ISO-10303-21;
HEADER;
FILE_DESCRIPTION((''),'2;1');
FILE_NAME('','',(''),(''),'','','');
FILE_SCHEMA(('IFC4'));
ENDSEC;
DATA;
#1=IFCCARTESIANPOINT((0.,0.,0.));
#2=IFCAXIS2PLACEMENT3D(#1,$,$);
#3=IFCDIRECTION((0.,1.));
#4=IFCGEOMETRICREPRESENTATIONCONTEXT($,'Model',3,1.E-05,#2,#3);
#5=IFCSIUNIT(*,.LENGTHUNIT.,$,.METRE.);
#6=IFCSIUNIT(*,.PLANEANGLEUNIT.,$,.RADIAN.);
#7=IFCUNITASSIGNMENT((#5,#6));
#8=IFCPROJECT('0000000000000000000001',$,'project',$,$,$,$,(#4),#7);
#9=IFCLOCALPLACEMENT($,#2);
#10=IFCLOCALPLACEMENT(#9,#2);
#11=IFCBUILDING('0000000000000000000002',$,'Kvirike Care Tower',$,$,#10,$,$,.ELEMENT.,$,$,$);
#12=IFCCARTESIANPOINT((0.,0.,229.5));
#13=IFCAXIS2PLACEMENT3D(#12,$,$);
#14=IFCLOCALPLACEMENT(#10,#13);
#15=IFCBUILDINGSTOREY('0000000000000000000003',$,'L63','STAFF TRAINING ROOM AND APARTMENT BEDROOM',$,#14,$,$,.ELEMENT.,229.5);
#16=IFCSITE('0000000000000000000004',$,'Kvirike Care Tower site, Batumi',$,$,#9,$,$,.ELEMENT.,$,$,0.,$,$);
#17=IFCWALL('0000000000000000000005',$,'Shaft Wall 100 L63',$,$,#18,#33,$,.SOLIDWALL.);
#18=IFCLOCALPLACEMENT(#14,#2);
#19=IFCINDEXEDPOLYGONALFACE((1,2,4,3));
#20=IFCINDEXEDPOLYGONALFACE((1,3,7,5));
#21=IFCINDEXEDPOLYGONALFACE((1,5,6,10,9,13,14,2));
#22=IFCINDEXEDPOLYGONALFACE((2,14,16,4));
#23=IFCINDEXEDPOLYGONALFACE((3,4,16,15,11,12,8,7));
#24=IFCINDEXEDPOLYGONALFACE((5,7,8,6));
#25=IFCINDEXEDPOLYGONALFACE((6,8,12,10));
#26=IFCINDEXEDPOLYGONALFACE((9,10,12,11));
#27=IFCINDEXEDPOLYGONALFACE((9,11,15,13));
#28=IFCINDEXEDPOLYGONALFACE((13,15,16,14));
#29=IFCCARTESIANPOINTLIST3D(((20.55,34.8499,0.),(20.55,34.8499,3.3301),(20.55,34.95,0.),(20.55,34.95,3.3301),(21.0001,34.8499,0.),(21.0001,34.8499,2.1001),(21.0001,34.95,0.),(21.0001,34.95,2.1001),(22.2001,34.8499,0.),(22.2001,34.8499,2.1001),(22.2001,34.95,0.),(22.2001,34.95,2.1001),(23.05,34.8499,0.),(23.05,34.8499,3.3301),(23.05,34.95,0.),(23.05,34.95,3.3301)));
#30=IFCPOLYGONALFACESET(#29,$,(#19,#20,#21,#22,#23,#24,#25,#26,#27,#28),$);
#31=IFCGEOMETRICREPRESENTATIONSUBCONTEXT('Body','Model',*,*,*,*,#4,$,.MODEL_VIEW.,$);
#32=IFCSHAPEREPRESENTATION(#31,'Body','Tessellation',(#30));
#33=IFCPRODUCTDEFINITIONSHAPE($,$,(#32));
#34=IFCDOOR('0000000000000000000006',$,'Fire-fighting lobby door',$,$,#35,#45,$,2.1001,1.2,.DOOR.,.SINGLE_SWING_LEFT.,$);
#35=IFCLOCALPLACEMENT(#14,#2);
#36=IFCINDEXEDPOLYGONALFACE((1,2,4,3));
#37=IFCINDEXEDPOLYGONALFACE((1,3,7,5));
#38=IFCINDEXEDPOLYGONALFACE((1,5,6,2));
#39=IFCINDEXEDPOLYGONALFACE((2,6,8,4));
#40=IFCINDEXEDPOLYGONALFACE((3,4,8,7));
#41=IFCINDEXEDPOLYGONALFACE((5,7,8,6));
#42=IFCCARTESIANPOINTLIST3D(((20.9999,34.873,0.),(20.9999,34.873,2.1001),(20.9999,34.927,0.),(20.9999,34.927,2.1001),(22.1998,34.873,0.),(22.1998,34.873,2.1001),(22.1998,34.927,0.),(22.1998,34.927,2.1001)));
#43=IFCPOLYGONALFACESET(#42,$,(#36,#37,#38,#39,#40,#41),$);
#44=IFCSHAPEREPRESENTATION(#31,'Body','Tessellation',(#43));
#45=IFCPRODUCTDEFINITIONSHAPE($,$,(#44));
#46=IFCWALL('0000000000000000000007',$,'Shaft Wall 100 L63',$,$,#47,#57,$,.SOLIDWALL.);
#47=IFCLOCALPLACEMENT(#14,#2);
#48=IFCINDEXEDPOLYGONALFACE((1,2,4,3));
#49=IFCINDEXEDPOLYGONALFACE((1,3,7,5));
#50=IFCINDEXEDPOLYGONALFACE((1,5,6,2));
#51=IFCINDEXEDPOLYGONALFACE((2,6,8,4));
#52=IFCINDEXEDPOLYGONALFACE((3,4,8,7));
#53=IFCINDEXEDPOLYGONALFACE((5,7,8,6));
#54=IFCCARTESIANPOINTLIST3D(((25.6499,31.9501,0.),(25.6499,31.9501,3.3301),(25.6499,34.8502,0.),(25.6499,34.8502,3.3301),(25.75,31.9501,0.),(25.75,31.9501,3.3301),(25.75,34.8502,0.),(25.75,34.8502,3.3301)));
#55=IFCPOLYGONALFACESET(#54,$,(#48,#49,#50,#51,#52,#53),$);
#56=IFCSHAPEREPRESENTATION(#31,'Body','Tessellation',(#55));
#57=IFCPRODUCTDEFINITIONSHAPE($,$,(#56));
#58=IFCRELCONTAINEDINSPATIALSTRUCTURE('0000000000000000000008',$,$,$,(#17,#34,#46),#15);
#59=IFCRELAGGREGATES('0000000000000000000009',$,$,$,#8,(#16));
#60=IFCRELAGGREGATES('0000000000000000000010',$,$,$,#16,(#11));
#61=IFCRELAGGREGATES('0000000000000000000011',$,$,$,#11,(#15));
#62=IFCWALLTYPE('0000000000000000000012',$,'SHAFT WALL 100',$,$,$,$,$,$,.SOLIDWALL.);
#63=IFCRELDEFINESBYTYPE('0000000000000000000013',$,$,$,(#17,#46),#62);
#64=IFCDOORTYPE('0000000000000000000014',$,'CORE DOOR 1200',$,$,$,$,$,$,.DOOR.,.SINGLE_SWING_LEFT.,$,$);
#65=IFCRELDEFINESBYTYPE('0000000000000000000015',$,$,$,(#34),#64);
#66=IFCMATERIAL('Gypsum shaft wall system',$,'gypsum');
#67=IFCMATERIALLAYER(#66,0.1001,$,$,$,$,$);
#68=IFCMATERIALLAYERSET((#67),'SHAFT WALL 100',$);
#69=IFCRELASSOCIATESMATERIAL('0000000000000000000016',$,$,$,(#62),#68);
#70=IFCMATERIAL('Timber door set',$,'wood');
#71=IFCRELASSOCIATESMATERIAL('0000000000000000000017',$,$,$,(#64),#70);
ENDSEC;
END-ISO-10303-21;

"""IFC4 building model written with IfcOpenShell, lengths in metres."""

from ifc_helpers import new_model, si_unit, direction, frame, frame_2d, origin, place, context, subcontext, project, spatial, rectangle, extrude, material, layer, layer_set, type_object, element, fill, save


model = new_model("IFC4")

# Units and contexts
model_context = context("Model", 3, precision=1e-05, world=origin(), true_north=direction((0.0, 1.0)))
body_context = subcontext(model_context, "Body", "Model", "MODEL_VIEW")
ifc_project = project(units=[si_unit("LENGTHUNIT", "METRE"), si_unit("PLANEANGLEUNIT", "RADIAN")], contexts=[model_context])

# Site, building, storey
site_placement = place(None, origin())
site = spatial("IfcSite", under=ifc_project, at=site_placement, Name="Kvirike Care Tower site, Batumi", CompositionType="ELEMENT", RefElevation=0.0)
building_placement = place(site_placement, origin())
building = spatial("IfcBuilding", under=site, at=building_placement, Name="Kvirike Care Tower", CompositionType="ELEMENT")
storey_placement = place(building_placement, frame((0.0, 0.0, 229.5)))
storey = spatial("IfcBuildingStorey", under=building, at=storey_placement, Name="L63", Description="STAFF TRAINING ROOM AND APARTMENT BEDROOM", CompositionType="ELEMENT", Elevation=229.5)

# Shared definitions
ifc_material_1 = material(Name="Gypsum shaft wall system", Category="gypsum")
ifc_layer_1 = layer(ifc_material_1, 0.1001)
ifc_layer_set_1 = layer_set([ifc_layer_1], Name="SHAFT WALL 100")
wall_type = type_object("IfcWallType", Name="SHAFT WALL 100", PredefinedType="SOLIDWALL", material=ifc_layer_set_1)

# Wall, opening, door
wall_1_placement = place(storey_placement, frame((20.55, 34.8999, 0.0), z_axis=(0.0, 0.0, 1.0), x_axis=(1.0, 0.0, 0.0)))
wall_1 = element("IfcWall", 1, at=wall_1_placement, inside=storey, type_object=wall_type, Name="Shaft Wall 100 L63", PredefinedType="SOLIDWALL", context=body_context, shape_type="SweptSolid", body=[
    extrude(rectangle(XDim=2.5, YDim=0.1001, at=frame_2d((1.25, 0.0))), origin(), (0.0, 0.0, 1.0), 3.3301),
])
opening_1_placement = place(wall_1_placement, frame((0.45, 0.0, 0.0)))
opening_1 = element("IfcOpeningElement", 2, at=opening_1_placement, cuts=wall_1, PredefinedType="OPENING", context=body_context, shape_type="SweptSolid", body=[
    extrude(rectangle(XDim=1.2, YDim=2.1001, at=frame_2d((0.6001, 1.05))), frame((0.0, 0.0605, 0.0), z_axis=(0.0, -1.0, 0.0), x_axis=(1.0, 0.0, 0.0)), (0.0, 0.0, 1.0), 0.1211),
])
ifc_material_2 = material(Name="Timber door set", Category="wood")
door_type_1 = type_object("IfcDoorType", Name="CORE DOOR 1200", OperationType="SINGLE_SWING_LEFT", PredefinedType="DOOR", material=ifc_material_2)
door_1_placement = place(opening_1_placement, frame((1.2, 0.0, 0.0), z_axis=(0.0, 0.0, 1.0), x_axis=(-1.0, 0.0, 0.0)))
door_1 = element("IfcDoor", 3, at=door_1_placement, inside=storey, type_object=door_type_1, Name="Fire-fighting lobby door", OperationType="SINGLE_SWING_LEFT", OverallHeight=2.1001, OverallWidth=1.2, PredefinedType="DOOR", context=body_context, shape_type="SweptSolid", body=[
    extrude(rectangle(XDim=1.2, YDim=2.1001, at=frame_2d((0.6001, 1.05))), frame((0.0, 0.0269, 0.0), z_axis=(0.0, -1.0, 0.0), x_axis=(1.0, 0.0, 0.0)), (0.0, 0.0, 1.0), 0.054),
])
fill(opening_1, door_1)

# Wall
wall_2_placement = place(storey_placement, frame((25.7, 31.95, 0.0), z_axis=(0.0, 0.0, 1.0), x_axis=(0.0, 1.0, 0.0)))
element("IfcWall", 4, at=wall_2_placement, inside=storey, type_object=wall_type, Name="Shaft Wall 100 L63", PredefinedType="SOLIDWALL", context=body_context, shape_type="SweptSolid", body=[
    extrude(rectangle(XDim=2.9001, YDim=0.1001, at=frame_2d((1.4502, 0.0))), origin(), (0.0, 0.0, 1.0), 3.3301),
])

save(model, "model.ifc")
